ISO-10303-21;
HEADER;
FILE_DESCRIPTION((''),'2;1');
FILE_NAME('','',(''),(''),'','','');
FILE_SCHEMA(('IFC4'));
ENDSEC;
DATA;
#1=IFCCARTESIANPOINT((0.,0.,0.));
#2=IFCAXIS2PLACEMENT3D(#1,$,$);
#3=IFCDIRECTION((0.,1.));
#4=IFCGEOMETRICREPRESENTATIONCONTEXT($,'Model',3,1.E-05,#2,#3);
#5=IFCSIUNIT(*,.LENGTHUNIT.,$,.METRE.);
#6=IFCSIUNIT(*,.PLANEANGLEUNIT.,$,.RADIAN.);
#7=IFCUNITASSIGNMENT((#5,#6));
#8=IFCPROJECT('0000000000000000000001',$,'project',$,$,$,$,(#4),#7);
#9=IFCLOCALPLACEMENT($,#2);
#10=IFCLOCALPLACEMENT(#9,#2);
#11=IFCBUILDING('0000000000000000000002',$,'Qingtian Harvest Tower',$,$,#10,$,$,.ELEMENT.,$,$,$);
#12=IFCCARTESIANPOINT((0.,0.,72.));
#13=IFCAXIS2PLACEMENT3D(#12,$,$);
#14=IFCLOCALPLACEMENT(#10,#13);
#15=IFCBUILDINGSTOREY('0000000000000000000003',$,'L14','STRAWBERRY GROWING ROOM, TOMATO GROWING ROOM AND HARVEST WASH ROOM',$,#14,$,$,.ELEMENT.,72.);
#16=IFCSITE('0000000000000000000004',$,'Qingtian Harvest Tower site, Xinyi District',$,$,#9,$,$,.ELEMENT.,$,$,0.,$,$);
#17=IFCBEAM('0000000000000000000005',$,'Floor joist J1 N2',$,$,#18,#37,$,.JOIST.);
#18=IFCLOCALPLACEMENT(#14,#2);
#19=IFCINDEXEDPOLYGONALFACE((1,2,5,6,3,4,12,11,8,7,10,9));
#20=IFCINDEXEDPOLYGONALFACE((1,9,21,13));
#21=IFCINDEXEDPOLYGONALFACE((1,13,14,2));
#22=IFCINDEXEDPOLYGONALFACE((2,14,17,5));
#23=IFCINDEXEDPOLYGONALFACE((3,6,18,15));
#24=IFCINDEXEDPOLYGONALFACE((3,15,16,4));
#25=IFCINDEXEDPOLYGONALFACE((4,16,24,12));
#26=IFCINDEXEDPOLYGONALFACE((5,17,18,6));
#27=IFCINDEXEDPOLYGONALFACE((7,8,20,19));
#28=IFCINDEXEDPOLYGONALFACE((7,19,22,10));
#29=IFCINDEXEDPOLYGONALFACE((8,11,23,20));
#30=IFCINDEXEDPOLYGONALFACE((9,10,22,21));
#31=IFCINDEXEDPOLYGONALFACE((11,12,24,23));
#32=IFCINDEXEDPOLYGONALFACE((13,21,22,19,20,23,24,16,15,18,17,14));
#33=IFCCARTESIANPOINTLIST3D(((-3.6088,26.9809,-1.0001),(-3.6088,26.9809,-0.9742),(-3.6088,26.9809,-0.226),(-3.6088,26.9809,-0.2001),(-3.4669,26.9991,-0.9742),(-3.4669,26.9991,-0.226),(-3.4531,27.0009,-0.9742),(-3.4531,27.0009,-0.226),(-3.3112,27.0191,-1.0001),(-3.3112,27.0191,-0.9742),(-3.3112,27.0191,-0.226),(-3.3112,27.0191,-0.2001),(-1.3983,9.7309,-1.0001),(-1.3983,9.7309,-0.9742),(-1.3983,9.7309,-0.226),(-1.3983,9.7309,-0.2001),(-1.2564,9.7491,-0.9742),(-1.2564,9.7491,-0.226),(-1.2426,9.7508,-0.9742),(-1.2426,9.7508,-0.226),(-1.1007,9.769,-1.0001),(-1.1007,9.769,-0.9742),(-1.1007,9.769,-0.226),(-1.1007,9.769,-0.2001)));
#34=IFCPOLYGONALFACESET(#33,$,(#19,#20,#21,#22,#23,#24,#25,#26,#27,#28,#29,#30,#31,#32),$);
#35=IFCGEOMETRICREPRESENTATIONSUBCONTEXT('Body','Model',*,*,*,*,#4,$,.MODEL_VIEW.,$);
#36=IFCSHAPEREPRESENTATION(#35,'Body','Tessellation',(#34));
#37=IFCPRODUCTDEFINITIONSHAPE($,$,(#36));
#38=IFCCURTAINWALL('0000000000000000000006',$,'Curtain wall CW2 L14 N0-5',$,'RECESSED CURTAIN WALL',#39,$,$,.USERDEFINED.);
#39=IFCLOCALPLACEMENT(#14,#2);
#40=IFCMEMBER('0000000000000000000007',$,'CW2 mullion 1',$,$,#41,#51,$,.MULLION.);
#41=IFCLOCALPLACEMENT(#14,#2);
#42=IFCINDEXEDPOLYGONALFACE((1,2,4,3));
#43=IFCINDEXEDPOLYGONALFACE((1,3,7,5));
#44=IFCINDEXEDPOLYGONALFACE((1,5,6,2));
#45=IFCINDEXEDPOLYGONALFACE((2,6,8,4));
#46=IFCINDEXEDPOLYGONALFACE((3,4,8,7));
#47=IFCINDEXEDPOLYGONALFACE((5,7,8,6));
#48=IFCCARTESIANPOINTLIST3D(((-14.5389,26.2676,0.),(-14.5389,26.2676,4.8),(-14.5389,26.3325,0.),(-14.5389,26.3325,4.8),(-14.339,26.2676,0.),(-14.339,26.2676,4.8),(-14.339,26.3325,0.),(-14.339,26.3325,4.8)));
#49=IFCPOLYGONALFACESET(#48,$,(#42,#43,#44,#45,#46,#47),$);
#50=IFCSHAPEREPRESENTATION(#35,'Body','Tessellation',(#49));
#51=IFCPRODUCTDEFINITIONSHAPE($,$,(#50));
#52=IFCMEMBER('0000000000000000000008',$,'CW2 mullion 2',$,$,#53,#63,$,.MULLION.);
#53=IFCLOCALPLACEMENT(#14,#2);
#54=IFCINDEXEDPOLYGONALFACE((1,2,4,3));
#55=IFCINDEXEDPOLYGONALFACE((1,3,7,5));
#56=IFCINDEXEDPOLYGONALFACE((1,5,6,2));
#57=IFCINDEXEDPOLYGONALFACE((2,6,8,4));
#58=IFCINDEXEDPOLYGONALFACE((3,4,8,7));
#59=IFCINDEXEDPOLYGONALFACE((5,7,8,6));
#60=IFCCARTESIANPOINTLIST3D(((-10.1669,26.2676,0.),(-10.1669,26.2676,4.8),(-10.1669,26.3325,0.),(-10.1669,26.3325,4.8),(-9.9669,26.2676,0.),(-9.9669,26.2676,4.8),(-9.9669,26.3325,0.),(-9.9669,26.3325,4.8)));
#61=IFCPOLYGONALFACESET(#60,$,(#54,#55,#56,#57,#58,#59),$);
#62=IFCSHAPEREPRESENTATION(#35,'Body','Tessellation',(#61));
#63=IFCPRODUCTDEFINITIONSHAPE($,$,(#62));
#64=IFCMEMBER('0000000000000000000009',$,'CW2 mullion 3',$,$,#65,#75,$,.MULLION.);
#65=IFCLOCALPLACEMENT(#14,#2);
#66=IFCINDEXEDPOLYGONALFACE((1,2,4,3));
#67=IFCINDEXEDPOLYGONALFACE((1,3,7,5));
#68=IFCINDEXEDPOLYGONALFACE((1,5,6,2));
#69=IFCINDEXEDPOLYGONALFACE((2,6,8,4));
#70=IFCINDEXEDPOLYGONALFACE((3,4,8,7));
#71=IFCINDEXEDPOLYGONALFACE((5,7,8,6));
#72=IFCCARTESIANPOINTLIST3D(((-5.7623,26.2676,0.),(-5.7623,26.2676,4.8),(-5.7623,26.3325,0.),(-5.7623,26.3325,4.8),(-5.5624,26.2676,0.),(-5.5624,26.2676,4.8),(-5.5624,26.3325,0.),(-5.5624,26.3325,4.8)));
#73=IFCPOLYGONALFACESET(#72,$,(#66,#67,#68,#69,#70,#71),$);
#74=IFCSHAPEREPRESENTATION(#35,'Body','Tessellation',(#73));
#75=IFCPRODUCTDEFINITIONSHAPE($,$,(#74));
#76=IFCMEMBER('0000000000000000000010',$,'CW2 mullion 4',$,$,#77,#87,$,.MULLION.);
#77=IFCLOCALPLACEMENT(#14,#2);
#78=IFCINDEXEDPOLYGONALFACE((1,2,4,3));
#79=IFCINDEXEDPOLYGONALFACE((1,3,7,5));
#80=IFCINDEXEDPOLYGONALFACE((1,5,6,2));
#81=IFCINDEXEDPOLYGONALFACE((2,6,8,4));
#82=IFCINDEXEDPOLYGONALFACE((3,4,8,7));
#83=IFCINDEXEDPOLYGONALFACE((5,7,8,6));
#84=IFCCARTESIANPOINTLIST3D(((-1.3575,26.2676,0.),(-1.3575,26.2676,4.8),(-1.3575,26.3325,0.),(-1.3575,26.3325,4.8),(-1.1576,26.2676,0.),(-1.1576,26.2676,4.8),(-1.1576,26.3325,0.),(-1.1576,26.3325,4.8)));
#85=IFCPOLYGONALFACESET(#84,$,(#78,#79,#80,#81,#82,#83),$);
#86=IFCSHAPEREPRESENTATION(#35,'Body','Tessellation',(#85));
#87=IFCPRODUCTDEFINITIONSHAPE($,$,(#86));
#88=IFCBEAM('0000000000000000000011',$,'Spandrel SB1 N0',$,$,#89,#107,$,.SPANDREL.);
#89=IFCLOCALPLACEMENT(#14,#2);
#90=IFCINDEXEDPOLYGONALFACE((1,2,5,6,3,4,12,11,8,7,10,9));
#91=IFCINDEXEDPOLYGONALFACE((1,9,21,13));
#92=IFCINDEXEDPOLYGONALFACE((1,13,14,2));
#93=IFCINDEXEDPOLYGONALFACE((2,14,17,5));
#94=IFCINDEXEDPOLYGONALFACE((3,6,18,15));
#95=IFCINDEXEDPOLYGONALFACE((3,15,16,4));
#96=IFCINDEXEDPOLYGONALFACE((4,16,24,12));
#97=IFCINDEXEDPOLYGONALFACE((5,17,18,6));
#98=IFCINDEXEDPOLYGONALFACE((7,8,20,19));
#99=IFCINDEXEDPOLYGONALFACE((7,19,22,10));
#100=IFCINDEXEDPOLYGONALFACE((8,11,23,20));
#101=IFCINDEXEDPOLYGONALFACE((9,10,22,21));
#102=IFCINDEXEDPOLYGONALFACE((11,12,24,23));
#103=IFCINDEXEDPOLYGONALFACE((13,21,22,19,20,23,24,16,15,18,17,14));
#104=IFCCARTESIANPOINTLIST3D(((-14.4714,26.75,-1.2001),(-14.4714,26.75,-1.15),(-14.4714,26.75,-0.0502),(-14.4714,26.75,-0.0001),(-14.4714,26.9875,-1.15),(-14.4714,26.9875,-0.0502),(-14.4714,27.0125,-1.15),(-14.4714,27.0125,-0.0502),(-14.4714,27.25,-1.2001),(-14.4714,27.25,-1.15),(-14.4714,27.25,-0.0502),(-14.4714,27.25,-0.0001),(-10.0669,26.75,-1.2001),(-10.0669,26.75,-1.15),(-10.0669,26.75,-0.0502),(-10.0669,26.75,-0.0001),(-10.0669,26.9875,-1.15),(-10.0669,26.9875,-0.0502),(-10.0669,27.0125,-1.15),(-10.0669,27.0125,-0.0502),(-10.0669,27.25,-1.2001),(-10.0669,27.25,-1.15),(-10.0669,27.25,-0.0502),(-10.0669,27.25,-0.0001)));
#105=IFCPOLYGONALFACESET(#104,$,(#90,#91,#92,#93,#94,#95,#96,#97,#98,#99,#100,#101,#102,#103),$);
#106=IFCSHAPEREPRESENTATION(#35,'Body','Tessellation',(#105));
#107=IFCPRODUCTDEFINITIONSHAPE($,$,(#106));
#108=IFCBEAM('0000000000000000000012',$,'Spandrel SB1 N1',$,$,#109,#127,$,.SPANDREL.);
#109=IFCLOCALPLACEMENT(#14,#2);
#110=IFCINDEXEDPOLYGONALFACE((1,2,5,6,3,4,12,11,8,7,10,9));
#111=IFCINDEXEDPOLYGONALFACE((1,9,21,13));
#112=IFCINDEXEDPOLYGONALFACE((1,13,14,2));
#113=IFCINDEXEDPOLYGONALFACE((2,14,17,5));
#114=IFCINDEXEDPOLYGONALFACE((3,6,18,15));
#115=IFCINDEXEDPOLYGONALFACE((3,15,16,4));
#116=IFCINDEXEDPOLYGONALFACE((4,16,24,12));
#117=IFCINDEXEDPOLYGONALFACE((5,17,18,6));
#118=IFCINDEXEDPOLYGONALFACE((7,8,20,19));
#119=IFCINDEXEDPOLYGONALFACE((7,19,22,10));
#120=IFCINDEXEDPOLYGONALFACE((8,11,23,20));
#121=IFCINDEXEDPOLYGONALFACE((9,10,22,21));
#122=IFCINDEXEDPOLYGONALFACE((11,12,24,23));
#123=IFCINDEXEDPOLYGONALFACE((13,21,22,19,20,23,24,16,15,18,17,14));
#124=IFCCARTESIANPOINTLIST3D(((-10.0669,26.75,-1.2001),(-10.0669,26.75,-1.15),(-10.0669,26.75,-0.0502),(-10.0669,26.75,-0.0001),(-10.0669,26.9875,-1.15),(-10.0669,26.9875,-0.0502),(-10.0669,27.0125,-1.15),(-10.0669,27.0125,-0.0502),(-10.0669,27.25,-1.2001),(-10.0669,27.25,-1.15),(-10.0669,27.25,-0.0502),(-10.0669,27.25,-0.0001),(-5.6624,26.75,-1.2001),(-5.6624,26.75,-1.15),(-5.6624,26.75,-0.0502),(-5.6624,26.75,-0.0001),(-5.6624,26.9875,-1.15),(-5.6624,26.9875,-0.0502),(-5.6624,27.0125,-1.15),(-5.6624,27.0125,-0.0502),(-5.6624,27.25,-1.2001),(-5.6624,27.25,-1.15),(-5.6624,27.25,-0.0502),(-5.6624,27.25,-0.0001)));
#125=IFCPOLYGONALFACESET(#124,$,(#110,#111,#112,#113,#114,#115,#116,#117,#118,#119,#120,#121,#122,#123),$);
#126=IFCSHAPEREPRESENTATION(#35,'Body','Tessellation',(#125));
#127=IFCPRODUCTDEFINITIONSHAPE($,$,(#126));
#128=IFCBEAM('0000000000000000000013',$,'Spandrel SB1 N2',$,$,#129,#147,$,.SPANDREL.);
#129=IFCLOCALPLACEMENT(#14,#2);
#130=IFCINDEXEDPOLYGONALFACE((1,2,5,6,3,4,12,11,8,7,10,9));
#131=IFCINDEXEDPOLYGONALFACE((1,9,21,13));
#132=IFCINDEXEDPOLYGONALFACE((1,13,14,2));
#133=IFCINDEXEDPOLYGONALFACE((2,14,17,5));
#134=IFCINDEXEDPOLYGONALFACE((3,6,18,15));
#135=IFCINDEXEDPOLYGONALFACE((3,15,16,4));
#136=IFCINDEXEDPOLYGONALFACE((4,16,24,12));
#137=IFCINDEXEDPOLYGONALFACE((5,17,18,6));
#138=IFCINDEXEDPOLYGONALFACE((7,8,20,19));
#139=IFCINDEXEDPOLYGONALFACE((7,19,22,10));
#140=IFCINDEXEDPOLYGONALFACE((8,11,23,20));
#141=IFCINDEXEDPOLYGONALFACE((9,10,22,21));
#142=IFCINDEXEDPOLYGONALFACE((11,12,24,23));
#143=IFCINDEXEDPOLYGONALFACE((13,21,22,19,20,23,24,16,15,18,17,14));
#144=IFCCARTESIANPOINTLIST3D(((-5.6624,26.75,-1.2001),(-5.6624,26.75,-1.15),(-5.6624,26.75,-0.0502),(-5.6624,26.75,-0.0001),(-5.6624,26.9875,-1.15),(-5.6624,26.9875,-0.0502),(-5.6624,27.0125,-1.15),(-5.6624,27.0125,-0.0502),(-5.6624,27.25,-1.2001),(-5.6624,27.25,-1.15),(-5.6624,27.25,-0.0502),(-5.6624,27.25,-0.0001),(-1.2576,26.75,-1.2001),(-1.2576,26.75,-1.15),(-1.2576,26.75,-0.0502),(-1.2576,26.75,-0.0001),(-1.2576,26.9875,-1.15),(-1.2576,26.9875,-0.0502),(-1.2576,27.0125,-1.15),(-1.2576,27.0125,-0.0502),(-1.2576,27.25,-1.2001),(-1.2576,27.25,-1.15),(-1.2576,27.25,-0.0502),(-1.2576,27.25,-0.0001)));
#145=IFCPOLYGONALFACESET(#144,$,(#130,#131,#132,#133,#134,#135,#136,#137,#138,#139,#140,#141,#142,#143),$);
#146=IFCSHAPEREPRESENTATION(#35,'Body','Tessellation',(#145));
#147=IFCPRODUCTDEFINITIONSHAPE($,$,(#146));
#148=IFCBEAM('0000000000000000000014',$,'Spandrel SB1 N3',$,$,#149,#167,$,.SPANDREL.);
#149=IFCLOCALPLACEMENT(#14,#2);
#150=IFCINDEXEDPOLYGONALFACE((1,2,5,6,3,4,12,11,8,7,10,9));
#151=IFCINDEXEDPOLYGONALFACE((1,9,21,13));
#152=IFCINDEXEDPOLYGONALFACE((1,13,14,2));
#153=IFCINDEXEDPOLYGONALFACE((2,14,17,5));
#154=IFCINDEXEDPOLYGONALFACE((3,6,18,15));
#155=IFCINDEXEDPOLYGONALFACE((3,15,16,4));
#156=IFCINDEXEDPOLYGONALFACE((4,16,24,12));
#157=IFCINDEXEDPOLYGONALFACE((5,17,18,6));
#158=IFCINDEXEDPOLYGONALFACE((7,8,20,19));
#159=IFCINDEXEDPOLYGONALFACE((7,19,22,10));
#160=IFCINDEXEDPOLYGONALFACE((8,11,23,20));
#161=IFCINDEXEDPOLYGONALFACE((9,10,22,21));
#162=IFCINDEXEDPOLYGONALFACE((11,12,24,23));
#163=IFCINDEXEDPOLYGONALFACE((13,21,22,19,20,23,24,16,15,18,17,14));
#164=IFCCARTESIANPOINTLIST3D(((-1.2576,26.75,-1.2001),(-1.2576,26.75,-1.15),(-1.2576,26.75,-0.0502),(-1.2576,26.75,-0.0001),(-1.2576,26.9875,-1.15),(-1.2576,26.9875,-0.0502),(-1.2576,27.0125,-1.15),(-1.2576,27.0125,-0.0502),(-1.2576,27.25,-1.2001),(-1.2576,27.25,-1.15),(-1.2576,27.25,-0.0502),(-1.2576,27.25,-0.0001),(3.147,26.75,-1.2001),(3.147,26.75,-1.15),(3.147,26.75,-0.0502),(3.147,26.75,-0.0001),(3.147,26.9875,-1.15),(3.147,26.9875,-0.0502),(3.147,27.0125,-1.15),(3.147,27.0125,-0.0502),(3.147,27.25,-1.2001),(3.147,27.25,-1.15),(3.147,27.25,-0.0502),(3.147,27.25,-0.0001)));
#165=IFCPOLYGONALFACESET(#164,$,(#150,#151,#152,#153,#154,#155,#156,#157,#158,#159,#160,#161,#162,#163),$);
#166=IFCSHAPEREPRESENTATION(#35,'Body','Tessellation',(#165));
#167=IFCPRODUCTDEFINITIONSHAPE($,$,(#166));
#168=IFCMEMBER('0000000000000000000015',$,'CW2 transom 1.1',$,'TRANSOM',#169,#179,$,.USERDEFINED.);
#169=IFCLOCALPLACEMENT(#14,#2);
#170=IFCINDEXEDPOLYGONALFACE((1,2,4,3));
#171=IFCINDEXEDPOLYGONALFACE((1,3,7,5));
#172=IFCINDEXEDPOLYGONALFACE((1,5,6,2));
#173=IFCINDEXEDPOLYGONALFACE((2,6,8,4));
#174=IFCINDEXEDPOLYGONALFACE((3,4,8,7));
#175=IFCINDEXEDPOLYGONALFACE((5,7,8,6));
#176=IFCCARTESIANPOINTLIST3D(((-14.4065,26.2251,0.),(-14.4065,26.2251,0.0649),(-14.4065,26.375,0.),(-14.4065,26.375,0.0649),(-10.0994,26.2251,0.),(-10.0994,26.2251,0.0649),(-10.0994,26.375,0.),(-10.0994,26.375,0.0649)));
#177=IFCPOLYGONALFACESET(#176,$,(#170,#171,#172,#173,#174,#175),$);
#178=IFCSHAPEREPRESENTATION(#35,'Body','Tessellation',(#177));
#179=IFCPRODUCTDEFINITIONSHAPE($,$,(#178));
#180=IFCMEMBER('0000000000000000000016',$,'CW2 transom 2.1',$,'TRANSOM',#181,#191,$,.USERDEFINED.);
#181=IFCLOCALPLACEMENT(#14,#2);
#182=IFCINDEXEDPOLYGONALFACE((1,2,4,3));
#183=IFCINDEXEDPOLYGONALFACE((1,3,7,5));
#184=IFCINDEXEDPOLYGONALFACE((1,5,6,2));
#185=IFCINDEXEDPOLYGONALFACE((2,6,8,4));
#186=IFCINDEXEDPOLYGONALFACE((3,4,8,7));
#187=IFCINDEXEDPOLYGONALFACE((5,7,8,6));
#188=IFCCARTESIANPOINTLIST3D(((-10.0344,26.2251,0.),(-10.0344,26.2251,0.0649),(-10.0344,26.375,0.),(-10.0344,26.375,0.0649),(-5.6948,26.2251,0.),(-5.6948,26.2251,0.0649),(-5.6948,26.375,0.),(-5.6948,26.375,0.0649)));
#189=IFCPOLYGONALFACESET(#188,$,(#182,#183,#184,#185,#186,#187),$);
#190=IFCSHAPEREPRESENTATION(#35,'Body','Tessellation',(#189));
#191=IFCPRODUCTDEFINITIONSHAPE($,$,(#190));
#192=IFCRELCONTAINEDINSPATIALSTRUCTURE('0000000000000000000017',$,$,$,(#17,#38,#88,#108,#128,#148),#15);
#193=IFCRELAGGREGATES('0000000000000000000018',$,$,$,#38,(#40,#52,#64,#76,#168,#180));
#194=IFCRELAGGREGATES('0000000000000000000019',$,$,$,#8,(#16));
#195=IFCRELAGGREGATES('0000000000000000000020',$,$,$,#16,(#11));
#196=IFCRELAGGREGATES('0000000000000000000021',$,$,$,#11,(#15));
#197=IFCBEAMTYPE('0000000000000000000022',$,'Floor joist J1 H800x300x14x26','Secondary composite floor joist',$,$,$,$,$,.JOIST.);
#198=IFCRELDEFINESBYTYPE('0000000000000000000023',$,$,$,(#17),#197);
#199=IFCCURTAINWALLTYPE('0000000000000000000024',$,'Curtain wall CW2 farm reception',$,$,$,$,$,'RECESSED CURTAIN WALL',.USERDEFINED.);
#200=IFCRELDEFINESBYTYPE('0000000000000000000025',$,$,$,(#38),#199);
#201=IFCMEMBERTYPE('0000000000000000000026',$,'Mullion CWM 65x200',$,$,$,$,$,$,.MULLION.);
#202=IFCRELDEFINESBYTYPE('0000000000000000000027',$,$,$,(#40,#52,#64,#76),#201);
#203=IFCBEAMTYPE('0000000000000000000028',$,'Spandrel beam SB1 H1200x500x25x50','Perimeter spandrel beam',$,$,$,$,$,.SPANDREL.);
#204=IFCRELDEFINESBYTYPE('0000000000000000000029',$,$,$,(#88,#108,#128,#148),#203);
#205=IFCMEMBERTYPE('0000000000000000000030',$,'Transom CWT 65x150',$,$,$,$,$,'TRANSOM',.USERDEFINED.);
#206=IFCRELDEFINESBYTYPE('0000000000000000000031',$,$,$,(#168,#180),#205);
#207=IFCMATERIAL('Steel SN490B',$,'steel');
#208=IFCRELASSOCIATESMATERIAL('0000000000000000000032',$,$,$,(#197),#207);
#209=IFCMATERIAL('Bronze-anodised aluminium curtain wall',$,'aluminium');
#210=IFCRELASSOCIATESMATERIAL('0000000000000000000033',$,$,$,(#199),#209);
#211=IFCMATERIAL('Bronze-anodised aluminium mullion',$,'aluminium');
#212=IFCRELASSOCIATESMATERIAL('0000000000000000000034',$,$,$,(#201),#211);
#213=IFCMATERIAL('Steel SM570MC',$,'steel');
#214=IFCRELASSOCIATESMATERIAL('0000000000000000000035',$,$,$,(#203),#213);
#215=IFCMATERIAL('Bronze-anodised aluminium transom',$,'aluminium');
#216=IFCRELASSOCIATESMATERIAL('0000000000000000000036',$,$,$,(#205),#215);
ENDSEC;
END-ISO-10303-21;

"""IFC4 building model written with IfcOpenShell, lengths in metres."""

from ifc_helpers import new_model, si_unit, direction, frame, origin, origin_2d, place, context, subcontext, project, spatial, rectangle, i_section, extrude, material, material_profile, profile_set, type_object, element, aggregate, save


model = new_model("IFC4")

# Units and contexts
model_context = context("Model", 3, precision=1e-05, world=origin(), true_north=direction((0.0, 1.0)))
body_context = subcontext(model_context, "Body", "Model", "MODEL_VIEW")
ifc_project = project(units=[si_unit("LENGTHUNIT", "METRE"), si_unit("PLANEANGLEUNIT", "RADIAN")], contexts=[model_context])

# Site, building, storey
site_placement = place(None, origin())
site = spatial("IfcSite", under=ifc_project, at=site_placement, Name="Qingtian Harvest Tower site, Xinyi District", CompositionType="ELEMENT", RefElevation=0.0)
building_placement = place(site_placement, origin())
building = spatial("IfcBuilding", under=site, at=building_placement, Name="Qingtian Harvest Tower", CompositionType="ELEMENT")
storey_placement = place(building_placement, frame((0.0, 0.0, 72.0)))
storey = spatial("IfcBuildingStorey", under=building, at=storey_placement, Name="L14", Description="STRAWBERRY GROWING ROOM, TOMATO GROWING ROOM AND HARVEST WASH ROOM", CompositionType="ELEMENT", Elevation=72.0)

# Beam
ifc_material_1 = material(Name="Steel SN490B", Category="steel")
ifc_material_profile_1 = material_profile(ifc_material_1, i_section(OverallWidth=0.3, OverallDepth=0.8, WebThickness=0.0139, FlangeThickness=0.0259, at=origin_2d()), Name="H800x300x14x26")
ifc_profile_set_1 = profile_set([ifc_material_profile_1], Name="Steel SN490B")
beam_type_1 = type_object("IfcBeamType", Name="Floor joist J1 H800x300x14x26", Description="Secondary composite floor joist", PredefinedType="JOIST", material=ifc_profile_set_1)
beam_1_placement = place(storey_placement, frame((-3.46, 27.0, -0.6001), z_axis=(0.127103, -0.99189, 0.0), x_axis=(0.99189, 0.127103, 0.0)))
element("IfcBeam", 1, at=beam_1_placement, inside=storey, type_object=beam_type_1, Name="Floor joist J1 N2", PredefinedType="JOIST", context=body_context, shape_type="SweptSolid", body=[
    extrude(i_section(OverallWidth=0.3, OverallDepth=0.8, WebThickness=0.0139, FlangeThickness=0.0259, at=origin_2d()), origin(), (0.0, 0.0, 1.0), 17.3911),
])

# Curtain wall, members
ifc_material_2 = material(Name="Bronze-anodised aluminium curtain wall", Category="aluminium")
curtain_wall_type = type_object("IfcCurtainWallType", Name="Curtain wall CW2 farm reception", ElementType="RECESSED CURTAIN WALL", PredefinedType="USERDEFINED", material=ifc_material_2)
curtain_wall_placement = place(storey_placement, origin())
curtain_wall = element("IfcCurtainWall", 2, at=curtain_wall_placement, inside=storey, type_object=curtain_wall_type, Name="Curtain wall CW2 L14 N0-5", ObjectType="RECESSED CURTAIN WALL", PredefinedType="USERDEFINED")
ifc_material_3 = material(Name="Bronze-anodised aluminium mullion", Category="aluminium")
ifc_material_profile_2 = material_profile(ifc_material_3, rectangle(XDim=0.0649, YDim=0.2, at=origin_2d()), Name="AL 65x200")
ifc_profile_set_2 = profile_set([ifc_material_profile_2], Name="Bronze-anodised aluminium mullion")
member_type_1 = type_object("IfcMemberType", Name="Mullion CWM 65x200", PredefinedType="MULLION", material=ifc_profile_set_2)
member_1_placement = place(storey_placement, frame((-14.439, 26.3, 0.0), z_axis=(0.0, 0.0, 1.0), x_axis=(0.0, 1.0, 0.0)))
member_1 = element("IfcMember", 3, at=member_1_placement, type_object=member_type_1, Name="CW2 mullion 1", PredefinedType="MULLION", context=body_context, shape_type="SweptSolid", body=[
    extrude(rectangle(XDim=0.0649, YDim=0.2, at=origin_2d()), origin(), (0.0, 0.0, 1.0), 4.8),
])
member_2_placement = place(storey_placement, frame((-10.0669, 26.3, 0.0), z_axis=(0.0, 0.0, 1.0), x_axis=(0.0, 1.0, 0.0)))
member_2 = element("IfcMember", 4, at=member_2_placement, type_object=member_type_1, Name="CW2 mullion 2", PredefinedType="MULLION", context=body_context, shape_type="SweptSolid", body=[
    extrude(rectangle(XDim=0.0649, YDim=0.2, at=origin_2d()), origin(), (0.0, 0.0, 1.0), 4.8),
])
member_3_placement = place(storey_placement, frame((-5.6624, 26.3, 0.0), z_axis=(0.0, 0.0, 1.0), x_axis=(0.0, 1.0, 0.0)))
member_3 = element("IfcMember", 5, at=member_3_placement, type_object=member_type_1, Name="CW2 mullion 3", PredefinedType="MULLION", context=body_context, shape_type="SweptSolid", body=[
    extrude(rectangle(XDim=0.0649, YDim=0.2, at=origin_2d()), origin(), (0.0, 0.0, 1.0), 4.8),
])
member_4_placement = place(storey_placement, frame((-1.2576, 26.3, 0.0), z_axis=(0.0, 0.0, 1.0), x_axis=(0.0, 1.0, 0.0)))
member_4 = element("IfcMember", 6, at=member_4_placement, type_object=member_type_1, Name="CW2 mullion 4", PredefinedType="MULLION", context=body_context, shape_type="SweptSolid", body=[
    extrude(rectangle(XDim=0.0649, YDim=0.2, at=origin_2d()), origin(), (0.0, 0.0, 1.0), 4.8),
])

# Beams
ifc_material_4 = material(Name="Steel SM570MC", Category="steel")
ifc_material_profile_3 = material_profile(ifc_material_4, i_section(OverallWidth=0.5, OverallDepth=1.2, WebThickness=0.0249, FlangeThickness=0.05, at=origin_2d()), Name="H1200x500x25x50")
ifc_profile_set_3 = profile_set([ifc_material_profile_3], Name="Steel SM570MC")
beam_type_2 = type_object("IfcBeamType", Name="Spandrel beam SB1 H1200x500x25x50", Description="Perimeter spandrel beam", PredefinedType="SPANDREL", material=ifc_profile_set_3)
for number, where, z_axis, x_axis, name in (
    (7, (-14.4714, 27.0, -0.6001), (1.0, 0.0, 0.0), (0.0, 1.0, 0.0), "Spandrel SB1 N0"),
    (8, (-10.0669, 27.0, -0.6001), (1.0, 0.0, 0.0), (0.0, 1.0, 0.0), "Spandrel SB1 N1"),
):
    element("IfcBeam", number, at=place(storey_placement, frame(where, z_axis=z_axis, x_axis=x_axis)), inside=storey, type_object=beam_type_2, Name=name, PredefinedType="SPANDREL", context=body_context, shape_type="SweptSolid", body=[
        extrude(i_section(OverallWidth=0.5, OverallDepth=1.2, WebThickness=0.0249, FlangeThickness=0.05, at=origin_2d()), origin(), (0.0, 0.0, 1.0), 4.4045),
    ])
beam_2_placement = place(storey_placement, frame((-5.6624, 27.0, -0.6001), z_axis=(1.0, 0.0, 0.0), x_axis=(0.0, 1.0, 0.0)))
element("IfcBeam", 9, at=beam_2_placement, inside=storey, type_object=beam_type_2, Name="Spandrel SB1 N2", PredefinedType="SPANDREL", context=body_context, shape_type="SweptSolid", body=[
    extrude(i_section(OverallWidth=0.5, OverallDepth=1.2, WebThickness=0.0249, FlangeThickness=0.05, at=origin_2d()), origin(), (0.0, 0.0, 1.0), 4.4048),
])
beam_3_placement = place(storey_placement, frame((-1.2576, 27.0, -0.6001), z_axis=(1.0, 0.0, 0.0), x_axis=(0.0, 1.0, 0.0)))
element("IfcBeam", 10, at=beam_3_placement, inside=storey, type_object=beam_type_2, Name="Spandrel SB1 N3", PredefinedType="SPANDREL", context=body_context, shape_type="SweptSolid", body=[
    extrude(i_section(OverallWidth=0.5, OverallDepth=1.2, WebThickness=0.0249, FlangeThickness=0.05, at=origin_2d()), origin(), (0.0, 0.0, 1.0), 4.4045),
])

# Members
ifc_material_5 = material(Name="Bronze-anodised aluminium transom", Category="aluminium")
ifc_material_profile_4 = material_profile(ifc_material_5, rectangle(XDim=0.1499, YDim=0.0649, at=origin_2d()), Name="AL 65x150")
ifc_profile_set_4 = profile_set([ifc_material_profile_4], Name="Bronze-anodised aluminium transom")
member_type_2 = type_object("IfcMemberType", Name="Transom CWT 65x150", ElementType="TRANSOM", PredefinedType="USERDEFINED", material=ifc_profile_set_4)
member_5_placement = place(storey_placement, frame((-14.4065, 26.3, 0.0325), z_axis=(1.0, 0.0, 0.0), x_axis=(0.0, 1.0, 0.0)))
member_5 = element("IfcMember", 11, at=member_5_placement, type_object=member_type_2, Name="CW2 transom 1.1", ObjectType="TRANSOM", PredefinedType="USERDEFINED", context=body_context, shape_type="SweptSolid", body=[
    extrude(rectangle(XDim=0.1499, YDim=0.0649, at=origin_2d()), origin(), (0.0, 0.0, 1.0), 4.3071),
])
member_6_placement = place(storey_placement, frame((-10.0344, 26.3, 0.0325), z_axis=(1.0, 0.0, 0.0), x_axis=(0.0, 1.0, 0.0)))
member_6 = element("IfcMember", 12, at=member_6_placement, type_object=member_type_2, Name="CW2 transom 2.1", ObjectType="TRANSOM", PredefinedType="USERDEFINED", context=body_context, shape_type="SweptSolid", body=[
    extrude(rectangle(XDim=0.1499, YDim=0.0649, at=origin_2d()), origin(), (0.0, 0.0, 1.0), 4.3396),
])

aggregate(curtain_wall, [member_1, member_2, member_3, member_4, member_5, member_6])

save(model, "model.ifc")
